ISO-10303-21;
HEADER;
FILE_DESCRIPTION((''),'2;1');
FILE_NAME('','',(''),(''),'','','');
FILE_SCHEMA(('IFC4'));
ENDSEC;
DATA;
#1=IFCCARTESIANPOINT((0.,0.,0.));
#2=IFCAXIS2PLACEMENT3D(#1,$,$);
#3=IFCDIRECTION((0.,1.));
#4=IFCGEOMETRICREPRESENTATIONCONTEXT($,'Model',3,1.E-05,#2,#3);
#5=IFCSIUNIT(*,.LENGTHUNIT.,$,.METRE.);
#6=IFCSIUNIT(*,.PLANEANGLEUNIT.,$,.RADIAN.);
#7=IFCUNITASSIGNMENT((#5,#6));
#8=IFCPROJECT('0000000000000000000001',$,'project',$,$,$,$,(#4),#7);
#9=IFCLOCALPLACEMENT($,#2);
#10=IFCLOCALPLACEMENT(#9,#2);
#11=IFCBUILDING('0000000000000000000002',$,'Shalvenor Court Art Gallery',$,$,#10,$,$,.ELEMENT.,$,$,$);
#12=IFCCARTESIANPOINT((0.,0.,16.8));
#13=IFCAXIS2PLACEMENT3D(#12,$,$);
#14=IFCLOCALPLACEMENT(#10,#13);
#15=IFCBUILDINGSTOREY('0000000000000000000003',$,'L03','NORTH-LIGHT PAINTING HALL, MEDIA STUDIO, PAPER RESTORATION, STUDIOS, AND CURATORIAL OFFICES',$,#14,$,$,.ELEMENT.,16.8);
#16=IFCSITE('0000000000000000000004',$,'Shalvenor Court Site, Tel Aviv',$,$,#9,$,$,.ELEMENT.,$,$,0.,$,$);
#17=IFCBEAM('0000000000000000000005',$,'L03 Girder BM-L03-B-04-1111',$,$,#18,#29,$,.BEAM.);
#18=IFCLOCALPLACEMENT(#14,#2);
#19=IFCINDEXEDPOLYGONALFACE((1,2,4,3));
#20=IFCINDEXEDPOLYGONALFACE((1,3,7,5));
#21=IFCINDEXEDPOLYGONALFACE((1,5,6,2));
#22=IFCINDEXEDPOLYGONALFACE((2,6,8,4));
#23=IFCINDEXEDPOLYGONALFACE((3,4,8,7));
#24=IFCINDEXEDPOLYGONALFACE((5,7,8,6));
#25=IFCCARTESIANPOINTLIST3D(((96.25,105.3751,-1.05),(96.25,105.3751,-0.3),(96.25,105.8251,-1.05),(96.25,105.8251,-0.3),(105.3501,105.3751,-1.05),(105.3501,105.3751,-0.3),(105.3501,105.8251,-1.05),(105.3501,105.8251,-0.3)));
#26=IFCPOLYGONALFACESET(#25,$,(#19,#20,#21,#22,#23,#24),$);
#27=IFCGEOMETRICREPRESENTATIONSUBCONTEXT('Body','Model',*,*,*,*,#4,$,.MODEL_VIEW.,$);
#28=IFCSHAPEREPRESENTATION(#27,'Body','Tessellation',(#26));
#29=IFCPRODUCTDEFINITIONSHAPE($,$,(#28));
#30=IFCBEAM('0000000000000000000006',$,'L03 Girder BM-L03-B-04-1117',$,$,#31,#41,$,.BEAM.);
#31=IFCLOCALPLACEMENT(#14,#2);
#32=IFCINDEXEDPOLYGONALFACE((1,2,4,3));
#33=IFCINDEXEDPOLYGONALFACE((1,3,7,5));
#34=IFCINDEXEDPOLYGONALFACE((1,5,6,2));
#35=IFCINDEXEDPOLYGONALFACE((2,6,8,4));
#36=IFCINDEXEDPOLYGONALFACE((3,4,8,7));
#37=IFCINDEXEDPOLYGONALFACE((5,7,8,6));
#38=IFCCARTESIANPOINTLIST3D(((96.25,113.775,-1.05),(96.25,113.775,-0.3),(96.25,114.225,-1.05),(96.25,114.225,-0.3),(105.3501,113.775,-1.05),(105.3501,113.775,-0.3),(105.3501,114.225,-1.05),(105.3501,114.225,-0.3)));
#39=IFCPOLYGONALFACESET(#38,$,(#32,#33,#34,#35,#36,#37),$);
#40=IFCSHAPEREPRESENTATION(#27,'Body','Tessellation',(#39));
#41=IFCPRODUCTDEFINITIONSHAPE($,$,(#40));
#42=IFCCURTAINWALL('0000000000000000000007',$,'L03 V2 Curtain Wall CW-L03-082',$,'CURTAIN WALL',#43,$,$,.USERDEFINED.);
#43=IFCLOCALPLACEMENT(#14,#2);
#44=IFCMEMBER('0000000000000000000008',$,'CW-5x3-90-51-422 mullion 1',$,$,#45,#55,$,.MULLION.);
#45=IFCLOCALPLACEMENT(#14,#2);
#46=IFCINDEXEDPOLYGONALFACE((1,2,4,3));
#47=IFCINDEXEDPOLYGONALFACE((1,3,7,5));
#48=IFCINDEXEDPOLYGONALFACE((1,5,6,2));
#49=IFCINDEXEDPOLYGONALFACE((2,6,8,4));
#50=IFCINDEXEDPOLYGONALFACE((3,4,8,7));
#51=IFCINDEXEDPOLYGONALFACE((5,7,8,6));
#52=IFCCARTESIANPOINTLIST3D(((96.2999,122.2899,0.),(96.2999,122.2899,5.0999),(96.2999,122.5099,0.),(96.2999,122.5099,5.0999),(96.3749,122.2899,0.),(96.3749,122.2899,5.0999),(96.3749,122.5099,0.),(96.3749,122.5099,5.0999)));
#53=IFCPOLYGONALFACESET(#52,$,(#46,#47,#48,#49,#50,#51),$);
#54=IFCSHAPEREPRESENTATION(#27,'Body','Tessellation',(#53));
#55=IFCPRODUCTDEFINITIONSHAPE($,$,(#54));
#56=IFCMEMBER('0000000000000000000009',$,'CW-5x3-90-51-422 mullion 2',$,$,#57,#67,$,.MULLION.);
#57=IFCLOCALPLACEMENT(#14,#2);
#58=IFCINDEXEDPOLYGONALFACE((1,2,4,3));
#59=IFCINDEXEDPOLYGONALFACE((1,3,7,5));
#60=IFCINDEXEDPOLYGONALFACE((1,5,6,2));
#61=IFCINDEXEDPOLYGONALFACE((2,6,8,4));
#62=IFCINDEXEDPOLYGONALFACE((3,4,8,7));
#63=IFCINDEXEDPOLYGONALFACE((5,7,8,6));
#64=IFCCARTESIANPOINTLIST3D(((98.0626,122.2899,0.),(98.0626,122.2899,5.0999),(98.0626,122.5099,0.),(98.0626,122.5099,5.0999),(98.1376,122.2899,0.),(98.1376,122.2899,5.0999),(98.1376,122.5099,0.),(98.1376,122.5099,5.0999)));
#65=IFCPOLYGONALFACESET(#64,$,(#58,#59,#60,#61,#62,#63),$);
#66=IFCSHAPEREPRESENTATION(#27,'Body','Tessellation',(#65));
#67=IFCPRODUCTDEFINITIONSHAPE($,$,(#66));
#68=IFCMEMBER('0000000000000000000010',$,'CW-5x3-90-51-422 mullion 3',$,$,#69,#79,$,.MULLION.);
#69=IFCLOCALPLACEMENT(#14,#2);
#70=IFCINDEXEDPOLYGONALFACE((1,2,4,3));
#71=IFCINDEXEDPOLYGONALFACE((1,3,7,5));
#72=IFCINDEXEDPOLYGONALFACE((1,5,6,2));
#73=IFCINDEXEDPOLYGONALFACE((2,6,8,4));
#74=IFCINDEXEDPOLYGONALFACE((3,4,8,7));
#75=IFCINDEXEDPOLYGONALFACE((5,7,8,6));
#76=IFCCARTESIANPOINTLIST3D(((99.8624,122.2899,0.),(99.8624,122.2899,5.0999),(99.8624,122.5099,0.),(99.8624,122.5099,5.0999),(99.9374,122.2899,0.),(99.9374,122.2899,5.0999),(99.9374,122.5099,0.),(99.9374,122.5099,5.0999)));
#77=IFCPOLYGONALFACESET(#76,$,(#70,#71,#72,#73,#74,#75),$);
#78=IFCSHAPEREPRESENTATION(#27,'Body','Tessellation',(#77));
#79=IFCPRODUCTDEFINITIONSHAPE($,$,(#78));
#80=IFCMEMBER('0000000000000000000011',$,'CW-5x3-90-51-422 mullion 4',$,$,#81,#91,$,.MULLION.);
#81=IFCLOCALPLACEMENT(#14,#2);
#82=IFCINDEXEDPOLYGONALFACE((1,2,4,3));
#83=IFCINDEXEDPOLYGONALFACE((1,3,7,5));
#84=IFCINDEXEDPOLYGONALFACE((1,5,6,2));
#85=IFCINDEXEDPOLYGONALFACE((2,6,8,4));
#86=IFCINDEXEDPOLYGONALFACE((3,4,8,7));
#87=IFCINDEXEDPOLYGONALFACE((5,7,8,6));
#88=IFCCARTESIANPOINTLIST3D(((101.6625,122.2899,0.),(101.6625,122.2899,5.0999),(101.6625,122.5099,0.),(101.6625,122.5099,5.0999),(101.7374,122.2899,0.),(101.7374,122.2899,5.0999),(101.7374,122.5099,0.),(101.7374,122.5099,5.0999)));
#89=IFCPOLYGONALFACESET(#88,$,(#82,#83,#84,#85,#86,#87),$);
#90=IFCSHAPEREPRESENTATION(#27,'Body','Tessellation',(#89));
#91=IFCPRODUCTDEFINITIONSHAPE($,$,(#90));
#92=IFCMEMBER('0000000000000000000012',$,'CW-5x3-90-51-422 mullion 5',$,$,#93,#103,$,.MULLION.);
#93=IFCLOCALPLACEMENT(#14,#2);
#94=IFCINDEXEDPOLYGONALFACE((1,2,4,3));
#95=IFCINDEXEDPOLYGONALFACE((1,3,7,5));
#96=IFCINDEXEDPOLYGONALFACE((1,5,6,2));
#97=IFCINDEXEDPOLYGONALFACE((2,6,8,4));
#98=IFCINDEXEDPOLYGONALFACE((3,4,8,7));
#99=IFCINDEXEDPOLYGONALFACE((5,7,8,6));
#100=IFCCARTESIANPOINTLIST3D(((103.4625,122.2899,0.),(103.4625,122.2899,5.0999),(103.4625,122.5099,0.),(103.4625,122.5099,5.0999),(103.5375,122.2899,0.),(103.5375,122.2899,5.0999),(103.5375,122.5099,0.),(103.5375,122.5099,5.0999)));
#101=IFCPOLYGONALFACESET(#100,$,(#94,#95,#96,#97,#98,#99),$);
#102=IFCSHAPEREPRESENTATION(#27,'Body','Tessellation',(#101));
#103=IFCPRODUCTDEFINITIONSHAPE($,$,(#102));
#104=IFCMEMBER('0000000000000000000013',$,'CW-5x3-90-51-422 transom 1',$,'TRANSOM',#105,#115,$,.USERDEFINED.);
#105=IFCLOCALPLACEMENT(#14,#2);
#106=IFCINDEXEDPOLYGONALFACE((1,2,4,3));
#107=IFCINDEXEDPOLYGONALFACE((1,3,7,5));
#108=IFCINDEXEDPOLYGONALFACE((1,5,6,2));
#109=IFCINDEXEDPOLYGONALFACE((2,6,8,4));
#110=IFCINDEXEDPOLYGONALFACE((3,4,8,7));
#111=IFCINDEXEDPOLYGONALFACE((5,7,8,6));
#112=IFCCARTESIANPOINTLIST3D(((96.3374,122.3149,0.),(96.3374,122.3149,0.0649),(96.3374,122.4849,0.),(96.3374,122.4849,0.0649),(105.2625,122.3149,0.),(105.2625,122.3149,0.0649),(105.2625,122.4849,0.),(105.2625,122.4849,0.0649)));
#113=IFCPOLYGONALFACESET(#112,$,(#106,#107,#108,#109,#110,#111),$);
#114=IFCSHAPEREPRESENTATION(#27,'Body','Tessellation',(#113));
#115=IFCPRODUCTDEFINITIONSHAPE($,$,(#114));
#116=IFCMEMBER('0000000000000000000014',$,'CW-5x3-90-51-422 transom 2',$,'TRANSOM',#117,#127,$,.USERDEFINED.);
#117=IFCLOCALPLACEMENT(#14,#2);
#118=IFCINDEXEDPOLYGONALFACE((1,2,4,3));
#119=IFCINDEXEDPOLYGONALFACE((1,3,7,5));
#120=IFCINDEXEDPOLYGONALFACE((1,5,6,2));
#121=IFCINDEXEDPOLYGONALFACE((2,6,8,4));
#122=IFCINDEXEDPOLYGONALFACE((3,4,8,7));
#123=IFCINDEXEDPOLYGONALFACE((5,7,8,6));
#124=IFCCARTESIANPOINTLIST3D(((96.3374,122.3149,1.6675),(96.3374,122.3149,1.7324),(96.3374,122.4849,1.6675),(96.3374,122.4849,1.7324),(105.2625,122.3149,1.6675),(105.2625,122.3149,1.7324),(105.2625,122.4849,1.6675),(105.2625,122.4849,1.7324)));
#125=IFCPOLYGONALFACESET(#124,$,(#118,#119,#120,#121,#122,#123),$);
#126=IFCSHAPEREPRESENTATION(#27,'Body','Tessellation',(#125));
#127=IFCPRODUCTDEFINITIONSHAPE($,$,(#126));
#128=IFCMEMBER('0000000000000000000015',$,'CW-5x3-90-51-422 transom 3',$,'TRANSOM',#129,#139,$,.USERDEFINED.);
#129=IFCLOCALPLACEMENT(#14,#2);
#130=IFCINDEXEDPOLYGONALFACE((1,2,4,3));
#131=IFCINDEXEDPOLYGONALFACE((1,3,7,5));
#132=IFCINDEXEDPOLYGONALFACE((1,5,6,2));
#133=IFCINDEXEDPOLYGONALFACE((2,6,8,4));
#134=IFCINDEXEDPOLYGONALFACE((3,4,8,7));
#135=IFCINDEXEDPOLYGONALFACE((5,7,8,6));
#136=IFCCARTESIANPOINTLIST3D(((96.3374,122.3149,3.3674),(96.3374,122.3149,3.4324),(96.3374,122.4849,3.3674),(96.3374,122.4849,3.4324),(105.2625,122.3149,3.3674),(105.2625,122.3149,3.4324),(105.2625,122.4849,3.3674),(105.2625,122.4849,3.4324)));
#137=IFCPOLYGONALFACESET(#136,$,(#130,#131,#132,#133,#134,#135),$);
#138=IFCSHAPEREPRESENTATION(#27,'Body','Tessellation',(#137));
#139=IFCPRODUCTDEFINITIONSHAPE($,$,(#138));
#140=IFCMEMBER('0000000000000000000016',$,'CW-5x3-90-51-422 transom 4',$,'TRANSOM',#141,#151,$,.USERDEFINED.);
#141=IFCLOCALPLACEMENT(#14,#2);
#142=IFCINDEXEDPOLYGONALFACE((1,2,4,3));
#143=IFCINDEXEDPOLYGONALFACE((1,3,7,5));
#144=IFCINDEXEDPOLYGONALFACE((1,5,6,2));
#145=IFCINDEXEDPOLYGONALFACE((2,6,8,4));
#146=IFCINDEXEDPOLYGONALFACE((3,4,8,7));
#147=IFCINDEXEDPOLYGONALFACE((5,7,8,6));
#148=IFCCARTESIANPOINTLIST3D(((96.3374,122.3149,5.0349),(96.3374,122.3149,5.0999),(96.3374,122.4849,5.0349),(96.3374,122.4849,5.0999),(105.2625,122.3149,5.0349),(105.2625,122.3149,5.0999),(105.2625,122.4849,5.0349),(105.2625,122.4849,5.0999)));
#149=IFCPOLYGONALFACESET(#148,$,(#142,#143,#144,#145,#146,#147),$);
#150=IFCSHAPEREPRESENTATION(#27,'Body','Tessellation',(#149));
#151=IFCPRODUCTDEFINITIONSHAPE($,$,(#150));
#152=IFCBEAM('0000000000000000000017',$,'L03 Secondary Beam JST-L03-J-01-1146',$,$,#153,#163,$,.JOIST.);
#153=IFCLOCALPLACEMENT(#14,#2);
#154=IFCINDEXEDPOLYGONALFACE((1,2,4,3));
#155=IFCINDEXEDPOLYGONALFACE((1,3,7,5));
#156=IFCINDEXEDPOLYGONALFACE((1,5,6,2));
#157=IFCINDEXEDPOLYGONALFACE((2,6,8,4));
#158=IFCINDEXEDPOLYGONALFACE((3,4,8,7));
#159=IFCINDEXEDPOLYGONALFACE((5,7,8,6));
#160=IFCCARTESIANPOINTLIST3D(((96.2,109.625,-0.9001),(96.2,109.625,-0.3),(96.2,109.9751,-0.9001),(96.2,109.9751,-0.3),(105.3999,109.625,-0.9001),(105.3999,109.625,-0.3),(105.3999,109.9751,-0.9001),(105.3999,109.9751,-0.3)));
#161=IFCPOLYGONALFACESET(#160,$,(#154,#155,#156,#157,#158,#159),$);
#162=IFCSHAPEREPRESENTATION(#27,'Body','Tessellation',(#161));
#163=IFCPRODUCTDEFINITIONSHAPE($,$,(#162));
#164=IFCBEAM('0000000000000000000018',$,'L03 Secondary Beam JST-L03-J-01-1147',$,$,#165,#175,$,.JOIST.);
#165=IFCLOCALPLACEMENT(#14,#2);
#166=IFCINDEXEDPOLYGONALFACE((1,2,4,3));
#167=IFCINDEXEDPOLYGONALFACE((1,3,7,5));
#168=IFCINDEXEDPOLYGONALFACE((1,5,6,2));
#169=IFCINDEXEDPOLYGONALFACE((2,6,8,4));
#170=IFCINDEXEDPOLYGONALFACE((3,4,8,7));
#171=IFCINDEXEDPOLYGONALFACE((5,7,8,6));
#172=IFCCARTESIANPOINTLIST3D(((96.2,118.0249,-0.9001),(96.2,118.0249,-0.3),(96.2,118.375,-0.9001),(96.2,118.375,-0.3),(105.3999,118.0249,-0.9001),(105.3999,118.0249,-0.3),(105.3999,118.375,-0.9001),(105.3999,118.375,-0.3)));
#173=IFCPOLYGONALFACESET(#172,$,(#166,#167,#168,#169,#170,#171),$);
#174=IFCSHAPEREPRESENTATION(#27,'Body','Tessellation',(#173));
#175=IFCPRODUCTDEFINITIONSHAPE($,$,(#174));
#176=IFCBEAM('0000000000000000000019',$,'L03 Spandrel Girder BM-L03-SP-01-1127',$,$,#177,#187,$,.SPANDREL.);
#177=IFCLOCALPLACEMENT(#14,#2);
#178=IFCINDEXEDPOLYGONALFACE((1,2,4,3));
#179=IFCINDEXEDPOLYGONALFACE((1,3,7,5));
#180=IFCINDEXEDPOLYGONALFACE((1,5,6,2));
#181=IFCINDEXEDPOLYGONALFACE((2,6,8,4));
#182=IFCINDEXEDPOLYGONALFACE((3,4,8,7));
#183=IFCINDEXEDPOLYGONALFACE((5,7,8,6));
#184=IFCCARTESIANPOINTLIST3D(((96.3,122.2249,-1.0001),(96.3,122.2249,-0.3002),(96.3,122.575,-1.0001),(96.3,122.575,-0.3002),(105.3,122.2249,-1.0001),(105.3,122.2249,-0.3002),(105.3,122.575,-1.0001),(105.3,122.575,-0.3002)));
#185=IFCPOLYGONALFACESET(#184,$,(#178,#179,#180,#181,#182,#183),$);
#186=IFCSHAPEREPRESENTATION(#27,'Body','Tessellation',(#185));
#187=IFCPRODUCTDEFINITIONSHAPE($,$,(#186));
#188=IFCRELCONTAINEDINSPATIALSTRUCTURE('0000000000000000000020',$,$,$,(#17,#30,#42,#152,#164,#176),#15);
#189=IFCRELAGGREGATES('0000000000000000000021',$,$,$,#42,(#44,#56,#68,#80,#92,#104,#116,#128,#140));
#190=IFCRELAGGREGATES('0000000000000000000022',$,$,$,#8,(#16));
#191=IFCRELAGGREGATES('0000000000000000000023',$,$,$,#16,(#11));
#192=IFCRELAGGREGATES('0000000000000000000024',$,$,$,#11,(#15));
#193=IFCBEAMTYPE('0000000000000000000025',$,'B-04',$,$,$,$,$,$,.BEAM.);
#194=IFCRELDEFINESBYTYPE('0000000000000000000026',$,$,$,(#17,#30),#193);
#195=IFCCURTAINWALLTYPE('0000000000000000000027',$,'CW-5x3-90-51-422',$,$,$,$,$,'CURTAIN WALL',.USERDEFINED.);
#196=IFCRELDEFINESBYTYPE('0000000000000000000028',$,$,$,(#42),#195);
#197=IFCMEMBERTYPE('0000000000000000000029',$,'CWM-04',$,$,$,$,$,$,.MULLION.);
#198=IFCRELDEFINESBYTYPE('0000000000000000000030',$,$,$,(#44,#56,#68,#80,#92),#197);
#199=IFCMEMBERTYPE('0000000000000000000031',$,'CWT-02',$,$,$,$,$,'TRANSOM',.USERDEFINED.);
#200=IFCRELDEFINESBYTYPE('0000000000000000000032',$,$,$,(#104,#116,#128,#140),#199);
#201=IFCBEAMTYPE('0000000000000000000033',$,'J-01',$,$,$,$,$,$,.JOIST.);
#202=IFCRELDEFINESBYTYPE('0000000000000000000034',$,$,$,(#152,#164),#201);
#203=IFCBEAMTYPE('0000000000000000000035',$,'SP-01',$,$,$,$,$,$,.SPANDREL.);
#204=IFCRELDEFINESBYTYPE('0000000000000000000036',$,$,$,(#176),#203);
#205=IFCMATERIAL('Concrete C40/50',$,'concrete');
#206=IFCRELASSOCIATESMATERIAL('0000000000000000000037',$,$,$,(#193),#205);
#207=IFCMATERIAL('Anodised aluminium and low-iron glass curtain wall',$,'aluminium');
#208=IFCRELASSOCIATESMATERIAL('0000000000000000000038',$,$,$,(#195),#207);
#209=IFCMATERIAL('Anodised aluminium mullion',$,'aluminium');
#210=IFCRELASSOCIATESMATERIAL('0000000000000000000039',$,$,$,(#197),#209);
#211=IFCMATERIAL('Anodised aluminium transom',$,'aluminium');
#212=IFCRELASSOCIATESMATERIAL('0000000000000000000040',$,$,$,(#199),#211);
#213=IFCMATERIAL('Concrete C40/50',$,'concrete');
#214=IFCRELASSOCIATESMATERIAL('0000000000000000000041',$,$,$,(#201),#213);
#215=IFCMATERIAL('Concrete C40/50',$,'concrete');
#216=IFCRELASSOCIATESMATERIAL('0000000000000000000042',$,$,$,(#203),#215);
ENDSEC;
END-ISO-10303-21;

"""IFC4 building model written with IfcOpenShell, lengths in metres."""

from ifc_helpers import new_model, si_unit, direction, frame, origin, origin_2d, place, context, subcontext, project, spatial, rectangle, extrude, material, material_profile, profile_set, type_object, element, aggregate, save


model = new_model("IFC4")

# Units and contexts
model_context = context("Model", 3, precision=1e-05, world=origin(), true_north=direction((0.0, 1.0)))
body_context = subcontext(model_context, "Body", "Model", "MODEL_VIEW")
ifc_project = project(units=[si_unit("LENGTHUNIT", "METRE"), si_unit("PLANEANGLEUNIT", "RADIAN")], contexts=[model_context])

# Site, building, storey
site_placement = place(None, origin())
site = spatial("IfcSite", under=ifc_project, at=site_placement, Name="Shalvenor Court Site, Tel Aviv", CompositionType="ELEMENT", RefElevation=0.0)
building_placement = place(site_placement, origin())
building = spatial("IfcBuilding", under=site, at=building_placement, Name="Shalvenor Court Art Gallery", CompositionType="ELEMENT")
storey_placement = place(building_placement, frame((0.0, 0.0, 16.8)))
storey = spatial("IfcBuildingStorey", under=building, at=storey_placement, Name="L03", Description="NORTH-LIGHT PAINTING HALL, MEDIA STUDIO, PAPER RESTORATION, STUDIOS, AND CURATORIAL OFFICES", CompositionType="ELEMENT", Elevation=16.8)

# Beams
ifc_material_1 = material(Name="Concrete C40/50", Category="concrete")
ifc_material_profile_1 = material_profile(ifc_material_1, rectangle(XDim=0.45, YDim=0.75, at=origin_2d()), Name="RC 450x750")
ifc_profile_set_1 = profile_set([ifc_material_profile_1], Name="Concrete C40/50")
beam_type_1 = type_object("IfcBeamType", Name="B-04", PredefinedType="BEAM", material=ifc_profile_set_1)
for number, where, z_axis, x_axis, name in (
    (1, (96.25, 105.6001, -0.675), (1.0, 0.0, 0.0), (0.0, 1.0, 0.0), "L03 Girder BM-L03-B-04-1111"),
    (2, (96.25, 114.0, -0.675), (1.0, 0.0, 0.0), (0.0, 1.0, 0.0), "L03 Girder BM-L03-B-04-1117"),
):
    element("IfcBeam", number, at=place(storey_placement, frame(where, z_axis=z_axis, x_axis=x_axis)), inside=storey, type_object=beam_type_1, Name=name, PredefinedType="BEAM", context=body_context, shape_type="SweptSolid", body=[
        extrude(rectangle(XDim=0.45, YDim=0.75, at=origin_2d()), origin(), (0.0, 0.0, 1.0), 9.1001),
    ])

# Curtain wall, members
ifc_material_2 = material(Name="Anodised aluminium and low-iron glass curtain wall", Category="aluminium")
curtain_wall_type = type_object("IfcCurtainWallType", Name="CW-5x3-90-51-422", ElementType="CURTAIN WALL", PredefinedType="USERDEFINED", material=ifc_material_2)
curtain_wall_placement = place(storey_placement, origin())
curtain_wall = element("IfcCurtainWall", 3, at=curtain_wall_placement, inside=storey, type_object=curtain_wall_type, Name="L03 V2 Curtain Wall CW-L03-082", ObjectType="CURTAIN WALL", PredefinedType="USERDEFINED")
ifc_material_3 = material(Name="Anodised aluminium mullion", Category="aluminium")
ifc_material_profile_2 = material_profile(ifc_material_3, rectangle(XDim=0.075, YDim=0.22, at=origin_2d()), Name="CWM-04")
ifc_profile_set_2 = profile_set([ifc_material_profile_2], Name="Anodised aluminium mullion")
member_type_1 = type_object("IfcMemberType", Name="CWM-04", PredefinedType="MULLION", material=ifc_profile_set_2)
member_1_placement = place(storey_placement, frame((96.3374, 122.3999, 0.0), z_axis=(0.0, 0.0, 1.0), x_axis=(1.0, 0.0, 0.0)))
member_1 = element("IfcMember", 4, at=member_1_placement, type_object=member_type_1, Name="CW-5x3-90-51-422 mullion 1", PredefinedType="MULLION", context=body_context, shape_type="SweptSolid", body=[
    extrude(rectangle(XDim=0.075, YDim=0.22, at=origin_2d()), origin(), (0.0, 0.0, 1.0), 5.0999),
])
member_2_placement = place(storey_placement, frame((98.1001, 122.3999, 0.0), z_axis=(0.0, 0.0, 1.0), x_axis=(1.0, 0.0, 0.0)))
member_2 = element("IfcMember", 5, at=member_2_placement, type_object=member_type_1, Name="CW-5x3-90-51-422 mullion 2", PredefinedType="MULLION", context=body_context, shape_type="SweptSolid", body=[
    extrude(rectangle(XDim=0.075, YDim=0.22, at=origin_2d()), origin(), (0.0, 0.0, 1.0), 5.0999),
])
member_3_placement = place(storey_placement, frame((99.8999, 122.3999, 0.0), z_axis=(0.0, 0.0, 1.0), x_axis=(1.0, 0.0, 0.0)))
member_3 = element("IfcMember", 6, at=member_3_placement, type_object=member_type_1, Name="CW-5x3-90-51-422 mullion 3", PredefinedType="MULLION", context=body_context, shape_type="SweptSolid", body=[
    extrude(rectangle(XDim=0.075, YDim=0.22, at=origin_2d()), origin(), (0.0, 0.0, 1.0), 5.0999),
])
member_4_placement = place(storey_placement, frame((101.7, 122.3999, 0.0), z_axis=(0.0, 0.0, 1.0), x_axis=(1.0, 0.0, 0.0)))
member_4 = element("IfcMember", 7, at=member_4_placement, type_object=member_type_1, Name="CW-5x3-90-51-422 mullion 4", PredefinedType="MULLION", context=body_context, shape_type="SweptSolid", body=[
    extrude(rectangle(XDim=0.075, YDim=0.22, at=origin_2d()), origin(), (0.0, 0.0, 1.0), 5.0999),
])
member_5_placement = place(storey_placement, frame((103.5, 122.3999, 0.0), z_axis=(0.0, 0.0, 1.0), x_axis=(1.0, 0.0, 0.0)))
member_5 = element("IfcMember", 8, at=member_5_placement, type_object=member_type_1, Name="CW-5x3-90-51-422 mullion 5", PredefinedType="MULLION", context=body_context, shape_type="SweptSolid", body=[
    extrude(rectangle(XDim=0.075, YDim=0.22, at=origin_2d()), origin(), (0.0, 0.0, 1.0), 5.0999),
])
ifc_material_4 = material(Name="Anodised aluminium transom", Category="aluminium")
ifc_material_profile_3 = material_profile(ifc_material_4, rectangle(XDim=0.1699, YDim=0.0649, at=origin_2d()), Name="CWT-02")
ifc_profile_set_3 = profile_set([ifc_material_profile_3], Name="Anodised aluminium transom")
member_type_2 = type_object("IfcMemberType", Name="CWT-02", ElementType="TRANSOM", PredefinedType="USERDEFINED", material=ifc_profile_set_3)
member_6_placement = place(storey_placement, frame((96.3374, 122.3999, 0.0325), z_axis=(1.0, 0.0, 0.0), x_axis=(0.0, 1.0, 0.0)))
member_6 = element("IfcMember", 9, at=member_6_placement, type_object=member_type_2, Name="CW-5x3-90-51-422 transom 1", ObjectType="TRANSOM", PredefinedType="USERDEFINED", context=body_context, shape_type="SweptSolid", body=[
    extrude(rectangle(XDim=0.1699, YDim=0.0649, at=origin_2d()), origin(), (0.0, 0.0, 1.0), 8.925),
])
member_7_placement = place(storey_placement, frame((96.3374, 122.3999, 1.7), z_axis=(1.0, 0.0, 0.0), x_axis=(0.0, 1.0, 0.0)))
member_7 = element("IfcMember", 10, at=member_7_placement, type_object=member_type_2, Name="CW-5x3-90-51-422 transom 2", ObjectType="TRANSOM", PredefinedType="USERDEFINED", context=body_context, shape_type="SweptSolid", body=[
    extrude(rectangle(XDim=0.1699, YDim=0.0649, at=origin_2d()), origin(), (0.0, 0.0, 1.0), 8.925),
])
member_8_placement = place(storey_placement, frame((96.3374, 122.3999, 3.3999), z_axis=(1.0, 0.0, 0.0), x_axis=(0.0, 1.0, 0.0)))
member_8 = element("IfcMember", 11, at=member_8_placement, type_object=member_type_2, Name="CW-5x3-90-51-422 transom 3", ObjectType="TRANSOM", PredefinedType="USERDEFINED", context=body_context, shape_type="SweptSolid", body=[
    extrude(rectangle(XDim=0.1699, YDim=0.0649, at=origin_2d()), origin(), (0.0, 0.0, 1.0), 8.925),
])
member_9_placement = place(storey_placement, frame((96.3374, 122.3999, 5.0674), z_axis=(1.0, 0.0, 0.0), x_axis=(0.0, 1.0, 0.0)))
member_9 = element("IfcMember", 12, at=member_9_placement, type_object=member_type_2, Name="CW-5x3-90-51-422 transom 4", ObjectType="TRANSOM", PredefinedType="USERDEFINED", context=body_context, shape_type="SweptSolid", body=[
    extrude(rectangle(XDim=0.1699, YDim=0.0649, at=origin_2d()), origin(), (0.0, 0.0, 1.0), 8.925),
])

# Beams
ifc_material_5 = material(Name="Concrete C40/50", Category="concrete")
ifc_material_profile_4 = material_profile(ifc_material_5, rectangle(XDim=0.3501, YDim=0.6001, at=origin_2d()), Name="RC 350x600")
ifc_profile_set_4 = profile_set([ifc_material_profile_4], Name="Concrete C40/50")
beam_type_2 = type_object("IfcBeamType", Name="J-01", PredefinedType="JOIST", material=ifc_profile_set_4)
for number, where, z_axis, x_axis, name in (
    (13, (96.2, 109.8, -0.6001), (1.0, 0.0, 0.0), (0.0, 1.0, 0.0), "L03 Secondary Beam JST-L03-J-01-1146"),
    (14, (96.2, 118.2, -0.6001), (1.0, 0.0, 0.0), (0.0, 1.0, 0.0), "L03 Secondary Beam JST-L03-J-01-1147"),
):
    element("IfcBeam", number, at=place(storey_placement, frame(where, z_axis=z_axis, x_axis=x_axis)), inside=storey, type_object=beam_type_2, Name=name, PredefinedType="JOIST", context=body_context, shape_type="SweptSolid", body=[
        extrude(rectangle(XDim=0.3501, YDim=0.6001, at=origin_2d()), origin(), (0.0, 0.0, 1.0), 9.2),
    ])
ifc_material_6 = material(Name="Concrete C40/50", Category="concrete")
ifc_material_profile_5 = material_profile(ifc_material_6, rectangle(XDim=0.3501, YDim=0.7, at=origin_2d()), Name="RC 350x700")
ifc_profile_set_5 = profile_set([ifc_material_profile_5], Name="Concrete C40/50")
beam_type_3 = type_object("IfcBeamType", Name="SP-01", PredefinedType="SPANDREL", material=ifc_profile_set_5)
beam_placement = place(storey_placement, frame((96.3, 122.3999, -0.6501), z_axis=(1.0, 0.0, 0.0), x_axis=(0.0, 1.0, 0.0)))
element("IfcBeam", 15, at=beam_placement, inside=storey, type_object=beam_type_3, Name="L03 Spandrel Girder BM-L03-SP-01-1127", PredefinedType="SPANDREL", context=body_context, shape_type="SweptSolid", body=[
    extrude(rectangle(XDim=0.3501, YDim=0.7, at=origin_2d()), origin(), (0.0, 0.0, 1.0), 9.0),
])

aggregate(curtain_wall, [member_1, member_2, member_3, member_4, member_5, member_6, member_7, member_8, member_9])

save(model, "model.ifc")
